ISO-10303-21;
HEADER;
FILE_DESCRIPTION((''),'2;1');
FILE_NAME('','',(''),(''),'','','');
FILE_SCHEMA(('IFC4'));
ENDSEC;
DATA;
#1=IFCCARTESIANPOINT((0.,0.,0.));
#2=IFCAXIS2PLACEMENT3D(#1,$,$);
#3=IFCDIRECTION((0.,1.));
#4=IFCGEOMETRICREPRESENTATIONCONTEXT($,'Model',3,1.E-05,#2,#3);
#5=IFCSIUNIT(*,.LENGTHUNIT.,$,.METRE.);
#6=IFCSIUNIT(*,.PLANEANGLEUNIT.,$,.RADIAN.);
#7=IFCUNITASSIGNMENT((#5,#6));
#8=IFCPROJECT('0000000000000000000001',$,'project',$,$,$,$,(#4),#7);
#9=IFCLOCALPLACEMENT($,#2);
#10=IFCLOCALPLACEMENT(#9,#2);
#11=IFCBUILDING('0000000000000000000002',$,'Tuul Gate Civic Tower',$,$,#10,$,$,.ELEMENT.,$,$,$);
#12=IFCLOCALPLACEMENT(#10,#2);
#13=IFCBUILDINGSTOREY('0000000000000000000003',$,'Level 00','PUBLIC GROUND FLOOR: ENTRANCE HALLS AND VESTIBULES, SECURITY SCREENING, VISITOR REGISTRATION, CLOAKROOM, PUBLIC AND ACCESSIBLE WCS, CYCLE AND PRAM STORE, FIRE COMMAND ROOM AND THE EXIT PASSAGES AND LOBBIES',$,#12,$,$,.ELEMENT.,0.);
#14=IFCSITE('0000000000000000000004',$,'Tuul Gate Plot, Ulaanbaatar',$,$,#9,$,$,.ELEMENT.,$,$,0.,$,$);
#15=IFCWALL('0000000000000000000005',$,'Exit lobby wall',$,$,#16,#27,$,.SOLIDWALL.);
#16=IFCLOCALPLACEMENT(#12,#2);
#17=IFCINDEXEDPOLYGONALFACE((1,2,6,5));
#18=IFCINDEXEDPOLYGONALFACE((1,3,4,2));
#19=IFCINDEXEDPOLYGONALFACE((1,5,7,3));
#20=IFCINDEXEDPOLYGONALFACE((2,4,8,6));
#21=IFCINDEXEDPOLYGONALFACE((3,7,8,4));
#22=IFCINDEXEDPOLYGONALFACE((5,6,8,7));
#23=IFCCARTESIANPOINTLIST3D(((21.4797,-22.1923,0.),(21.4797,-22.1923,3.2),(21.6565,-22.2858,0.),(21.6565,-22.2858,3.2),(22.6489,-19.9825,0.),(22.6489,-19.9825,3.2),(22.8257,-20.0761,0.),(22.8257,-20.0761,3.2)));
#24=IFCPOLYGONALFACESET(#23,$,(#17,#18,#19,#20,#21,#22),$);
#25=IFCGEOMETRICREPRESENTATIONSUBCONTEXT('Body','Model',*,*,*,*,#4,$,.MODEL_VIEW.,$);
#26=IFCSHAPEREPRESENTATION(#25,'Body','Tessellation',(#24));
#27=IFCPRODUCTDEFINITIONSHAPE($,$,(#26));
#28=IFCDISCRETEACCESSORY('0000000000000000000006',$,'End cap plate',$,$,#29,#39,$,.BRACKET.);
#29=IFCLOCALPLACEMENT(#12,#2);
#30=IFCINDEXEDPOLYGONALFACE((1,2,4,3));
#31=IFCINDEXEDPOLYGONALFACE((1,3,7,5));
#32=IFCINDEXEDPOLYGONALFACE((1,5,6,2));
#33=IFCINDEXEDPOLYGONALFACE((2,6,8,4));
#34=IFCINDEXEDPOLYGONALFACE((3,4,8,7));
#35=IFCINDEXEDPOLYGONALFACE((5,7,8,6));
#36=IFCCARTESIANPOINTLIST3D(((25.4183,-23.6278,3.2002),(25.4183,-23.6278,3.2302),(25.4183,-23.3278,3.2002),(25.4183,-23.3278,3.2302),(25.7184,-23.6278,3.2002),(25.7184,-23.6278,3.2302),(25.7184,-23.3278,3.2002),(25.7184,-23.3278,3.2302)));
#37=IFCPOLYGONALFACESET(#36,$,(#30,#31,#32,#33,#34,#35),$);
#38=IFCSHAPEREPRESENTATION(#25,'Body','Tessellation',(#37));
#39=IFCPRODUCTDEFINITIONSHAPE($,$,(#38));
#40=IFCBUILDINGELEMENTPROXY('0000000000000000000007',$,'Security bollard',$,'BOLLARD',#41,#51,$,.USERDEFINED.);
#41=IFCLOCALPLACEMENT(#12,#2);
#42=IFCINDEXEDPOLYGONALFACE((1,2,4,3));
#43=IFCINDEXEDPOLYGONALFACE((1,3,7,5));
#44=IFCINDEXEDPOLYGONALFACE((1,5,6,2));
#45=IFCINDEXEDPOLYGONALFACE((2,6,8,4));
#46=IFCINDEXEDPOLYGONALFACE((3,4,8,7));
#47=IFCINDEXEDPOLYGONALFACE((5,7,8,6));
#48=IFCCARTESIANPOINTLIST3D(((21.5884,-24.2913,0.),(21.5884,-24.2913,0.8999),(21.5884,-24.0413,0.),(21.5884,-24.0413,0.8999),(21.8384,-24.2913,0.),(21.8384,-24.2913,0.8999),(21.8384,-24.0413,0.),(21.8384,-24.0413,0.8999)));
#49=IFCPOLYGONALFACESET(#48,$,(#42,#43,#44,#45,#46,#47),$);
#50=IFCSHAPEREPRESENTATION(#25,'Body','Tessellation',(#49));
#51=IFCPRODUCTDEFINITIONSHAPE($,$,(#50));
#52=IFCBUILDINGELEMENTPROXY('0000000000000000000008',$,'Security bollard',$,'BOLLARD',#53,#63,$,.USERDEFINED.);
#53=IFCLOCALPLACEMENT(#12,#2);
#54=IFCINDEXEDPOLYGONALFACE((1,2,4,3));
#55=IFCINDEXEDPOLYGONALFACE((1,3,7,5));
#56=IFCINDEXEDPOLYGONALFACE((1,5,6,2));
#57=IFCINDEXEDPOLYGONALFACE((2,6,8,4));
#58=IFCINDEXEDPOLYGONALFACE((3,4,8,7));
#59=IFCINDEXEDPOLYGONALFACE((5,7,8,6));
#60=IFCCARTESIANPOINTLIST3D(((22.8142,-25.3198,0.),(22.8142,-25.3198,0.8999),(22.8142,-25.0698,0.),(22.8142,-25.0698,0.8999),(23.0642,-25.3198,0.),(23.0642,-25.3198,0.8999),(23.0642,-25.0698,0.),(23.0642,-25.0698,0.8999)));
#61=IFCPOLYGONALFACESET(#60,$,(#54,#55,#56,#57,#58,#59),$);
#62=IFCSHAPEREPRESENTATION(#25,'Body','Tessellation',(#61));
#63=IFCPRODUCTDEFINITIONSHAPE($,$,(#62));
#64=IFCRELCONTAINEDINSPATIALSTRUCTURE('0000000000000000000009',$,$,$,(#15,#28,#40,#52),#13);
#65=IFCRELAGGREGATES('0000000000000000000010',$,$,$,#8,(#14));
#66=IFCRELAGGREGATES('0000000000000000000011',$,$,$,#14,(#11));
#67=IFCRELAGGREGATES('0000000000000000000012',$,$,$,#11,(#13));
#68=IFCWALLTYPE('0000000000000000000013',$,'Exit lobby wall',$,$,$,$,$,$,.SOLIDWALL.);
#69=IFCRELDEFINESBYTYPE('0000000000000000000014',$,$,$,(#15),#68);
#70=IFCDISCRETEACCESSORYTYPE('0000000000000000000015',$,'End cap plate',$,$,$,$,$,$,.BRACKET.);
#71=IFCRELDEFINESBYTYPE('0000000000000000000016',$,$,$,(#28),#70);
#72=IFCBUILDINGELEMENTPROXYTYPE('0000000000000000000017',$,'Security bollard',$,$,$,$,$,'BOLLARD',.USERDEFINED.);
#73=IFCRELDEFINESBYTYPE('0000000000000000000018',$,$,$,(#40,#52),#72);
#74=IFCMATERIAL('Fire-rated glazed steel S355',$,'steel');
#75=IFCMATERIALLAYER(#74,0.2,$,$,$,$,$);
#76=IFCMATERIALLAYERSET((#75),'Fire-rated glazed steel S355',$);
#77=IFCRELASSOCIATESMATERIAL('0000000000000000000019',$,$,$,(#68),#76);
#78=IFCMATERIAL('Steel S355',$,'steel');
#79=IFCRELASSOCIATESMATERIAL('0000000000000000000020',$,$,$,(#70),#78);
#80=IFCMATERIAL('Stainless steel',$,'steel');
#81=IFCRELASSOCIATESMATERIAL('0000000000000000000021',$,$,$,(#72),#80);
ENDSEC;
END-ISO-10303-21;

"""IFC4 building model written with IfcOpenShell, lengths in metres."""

from ifc_helpers import new_model, si_unit, direction, frame, frame_2d, origin, origin_2d, place, context, subcontext, project, spatial, rectangle, extrude, material, layer, layer_set, type_object, element, save


model = new_model("IFC4")

# Units and contexts
model_context = context("Model", 3, precision=1e-05, world=origin(), true_north=direction((0.0, 1.0)))
body_context = subcontext(model_context, "Body", "Model", "MODEL_VIEW")
ifc_project = project(units=[si_unit("LENGTHUNIT", "METRE"), si_unit("PLANEANGLEUNIT", "RADIAN")], contexts=[model_context])

# Site, building, storey
site_placement = place(None, origin())
site = spatial("IfcSite", under=ifc_project, at=site_placement, Name="Tuul Gate Plot, Ulaanbaatar", CompositionType="ELEMENT", RefElevation=0.0)
building_placement = place(site_placement, origin())
building = spatial("IfcBuilding", under=site, at=building_placement, Name="Tuul Gate Civic Tower", CompositionType="ELEMENT")
storey_placement = place(building_placement, origin())
storey = spatial("IfcBuildingStorey", under=building, at=storey_placement, Name="Level 00", Description="PUBLIC GROUND FLOOR: ENTRANCE HALLS AND VESTIBULES, SECURITY SCREENING, VISITOR REGISTRATION, CLOAKROOM, PUBLIC AND ACCESSIBLE WCS, CYCLE AND PRAM STORE, FIRE COMMAND ROOM AND THE EXIT PASSAGES AND LOBBIES", CompositionType="ELEMENT", Elevation=0.0)

# Wall
ifc_material_1 = material(Name="Fire-rated glazed steel S355", Category="steel")
ifc_layer_1 = layer(ifc_material_1, 0.2)
ifc_layer_set_1 = layer_set([ifc_layer_1], Name="Fire-rated glazed steel S355")
wall_type = type_object("IfcWallType", Name="Exit lobby wall", PredefinedType="SOLIDWALL", material=ifc_layer_set_1)
wall_1_placement = place(storey_placement, frame((22.7373, -20.0293, 0.0), z_axis=(0.0, 0.0, 1.0), x_axis=(-0.467681, -0.883897, 0.0)))
element("IfcWall", 1, at=wall_1_placement, inside=storey, type_object=wall_type, Name="Exit lobby wall", PredefinedType="SOLIDWALL", context=body_context, shape_type="SweptSolid", body=[
    extrude(rectangle(XDim=2.5, YDim=0.2, at=frame_2d((1.25, 0.0))), origin(), (0.0, 0.0, 1.0), 3.2),
])

# Discrete accessory
ifc_material_2 = material(Name="Steel S355", Category="steel")
discrete_accessory_type = type_object("IfcDiscreteAccessoryType", Name="End cap plate", PredefinedType="BRACKET", material=ifc_material_2)
discrete_accessory_placement = place(storey_placement, frame((25.5684, -23.4778, 3.2002), z_axis=(0.0, 0.0, 1.0), x_axis=(1.0, 0.0, 0.0)))
element("IfcDiscreteAccessory", 2, at=discrete_accessory_placement, inside=storey, type_object=discrete_accessory_type, Name="End cap plate", PredefinedType="BRACKET", context=body_context, shape_type="SweptSolid", body=[
    extrude(rectangle(XDim=0.3, YDim=0.3, at=origin_2d()), origin(), (0.0, 0.0, 1.0), 0.03),
])

# Building element proxies
ifc_material_3 = material(Name="Stainless steel", Category="steel")
building_element_proxy_type = type_object("IfcBuildingElementProxyType", Name="Security bollard", ElementType="BOLLARD", PredefinedType="USERDEFINED", material=ifc_material_3)
for number, where, z_axis, x_axis, name in (
    (3, (21.7134, -24.1663, 0.0), (0.0, 0.0, 1.0), (1.0, 0.0, 0.0), "Security bollard"),
    (4, (22.9392, -25.1948, 0.0), (0.0, 0.0, 1.0), (1.0, 0.0, 0.0), "Security bollard"),
):
    element("IfcBuildingElementProxy", number, at=place(storey_placement, frame(where, z_axis=z_axis, x_axis=x_axis)), inside=storey, type_object=building_element_proxy_type, Name=name, ObjectType="BOLLARD", PredefinedType="USERDEFINED", context=body_context, shape_type="SweptSolid", body=[
        extrude(rectangle(XDim=0.25, YDim=0.25, at=origin_2d()), origin(), (0.0, 0.0, 1.0), 0.8999),
    ])

save(model, "model.ifc")
